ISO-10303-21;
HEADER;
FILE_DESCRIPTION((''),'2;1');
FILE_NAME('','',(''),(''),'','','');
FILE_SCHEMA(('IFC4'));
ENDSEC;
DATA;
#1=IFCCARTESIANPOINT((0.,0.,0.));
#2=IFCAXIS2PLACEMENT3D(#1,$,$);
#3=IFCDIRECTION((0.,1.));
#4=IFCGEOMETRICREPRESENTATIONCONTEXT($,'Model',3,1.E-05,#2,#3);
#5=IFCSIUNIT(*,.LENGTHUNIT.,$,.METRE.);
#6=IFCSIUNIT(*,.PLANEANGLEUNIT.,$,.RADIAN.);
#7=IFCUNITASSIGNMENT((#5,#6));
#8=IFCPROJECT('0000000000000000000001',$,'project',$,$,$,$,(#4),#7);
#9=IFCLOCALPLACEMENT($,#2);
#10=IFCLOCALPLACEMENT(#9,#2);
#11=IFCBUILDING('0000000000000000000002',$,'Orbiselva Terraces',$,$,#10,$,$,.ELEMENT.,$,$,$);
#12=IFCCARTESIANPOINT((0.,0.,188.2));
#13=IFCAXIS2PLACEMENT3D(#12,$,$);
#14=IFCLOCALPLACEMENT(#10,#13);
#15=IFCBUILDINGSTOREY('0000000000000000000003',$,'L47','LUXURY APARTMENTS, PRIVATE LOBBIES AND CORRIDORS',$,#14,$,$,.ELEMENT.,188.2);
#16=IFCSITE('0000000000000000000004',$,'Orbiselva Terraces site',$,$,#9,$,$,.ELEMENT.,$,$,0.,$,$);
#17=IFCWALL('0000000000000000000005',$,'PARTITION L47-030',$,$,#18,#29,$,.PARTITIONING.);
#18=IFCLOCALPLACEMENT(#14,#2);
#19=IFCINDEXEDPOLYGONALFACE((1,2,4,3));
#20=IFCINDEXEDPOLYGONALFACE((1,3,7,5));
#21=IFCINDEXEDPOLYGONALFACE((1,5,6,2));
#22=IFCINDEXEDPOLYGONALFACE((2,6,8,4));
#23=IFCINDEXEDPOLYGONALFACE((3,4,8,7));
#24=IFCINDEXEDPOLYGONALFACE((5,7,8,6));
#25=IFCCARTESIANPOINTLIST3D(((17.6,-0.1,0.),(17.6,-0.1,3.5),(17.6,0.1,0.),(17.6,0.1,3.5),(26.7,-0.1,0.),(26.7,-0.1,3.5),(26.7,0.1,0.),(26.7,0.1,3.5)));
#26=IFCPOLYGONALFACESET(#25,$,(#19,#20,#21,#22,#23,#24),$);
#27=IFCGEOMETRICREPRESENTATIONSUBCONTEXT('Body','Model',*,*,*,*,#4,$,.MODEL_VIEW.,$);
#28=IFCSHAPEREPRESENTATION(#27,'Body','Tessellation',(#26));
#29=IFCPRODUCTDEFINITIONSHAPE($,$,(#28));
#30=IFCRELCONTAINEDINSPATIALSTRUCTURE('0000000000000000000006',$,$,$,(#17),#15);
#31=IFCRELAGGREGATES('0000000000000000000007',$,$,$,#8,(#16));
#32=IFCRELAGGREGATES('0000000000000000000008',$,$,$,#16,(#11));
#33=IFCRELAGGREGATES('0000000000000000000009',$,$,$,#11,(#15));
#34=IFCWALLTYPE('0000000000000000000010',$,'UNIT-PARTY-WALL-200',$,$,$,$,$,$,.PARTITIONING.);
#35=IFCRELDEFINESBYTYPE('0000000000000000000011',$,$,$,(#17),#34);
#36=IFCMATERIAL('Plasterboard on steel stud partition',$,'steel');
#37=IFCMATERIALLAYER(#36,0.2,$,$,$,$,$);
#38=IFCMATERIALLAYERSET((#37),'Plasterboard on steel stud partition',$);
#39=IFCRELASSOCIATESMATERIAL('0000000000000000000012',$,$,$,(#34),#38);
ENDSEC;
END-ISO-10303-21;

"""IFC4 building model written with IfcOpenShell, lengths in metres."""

from ifc_helpers import new_model, si_unit, direction, frame, frame_2d, origin, place, context, subcontext, project, spatial, rectangle, extrude, material, layer, layer_set, type_object, element, save


model = new_model("IFC4")

# Units and contexts
model_context = context("Model", 3, precision=1e-05, world=origin(), true_north=direction((0.0, 1.0)))
body_context = subcontext(model_context, "Body", "Model", "MODEL_VIEW")
ifc_project = project(units=[si_unit("LENGTHUNIT", "METRE"), si_unit("PLANEANGLEUNIT", "RADIAN")], contexts=[model_context])

# Site, building, storey
site_placement = place(None, origin())
site = spatial("IfcSite", under=ifc_project, at=site_placement, Name="Orbiselva Terraces site", CompositionType="ELEMENT", RefElevation=0.0)
building_placement = place(site_placement, origin())
building = spatial("IfcBuilding", under=site, at=building_placement, Name="Orbiselva Terraces", CompositionType="ELEMENT")
storey_placement = place(building_placement, frame((0.0, 0.0, 188.2)))
storey = spatial("IfcBuildingStorey", under=building, at=storey_placement, Name="L47", Description="LUXURY APARTMENTS, PRIVATE LOBBIES AND CORRIDORS", CompositionType="ELEMENT", Elevation=188.2)

# Shared definitions
ifc_material_1 = material(Name="Plasterboard on steel stud partition", Category="steel")

# Wall
ifc_layer_1 = layer(ifc_material_1, 0.2)
ifc_layer_set_1 = layer_set([ifc_layer_1], Name="Plasterboard on steel stud partition")
wall_type_1 = type_object("IfcWallType", Name="UNIT-PARTY-WALL-200", PredefinedType="PARTITIONING", material=ifc_layer_set_1)
wall_1_placement = place(storey_placement, frame((17.6, 0.0, 0.0), z_axis=(0.0, 0.0, 1.0), x_axis=(1.0, 0.0, 0.0)))
element("IfcWall", 1, at=wall_1_placement, inside=storey, type_object=wall_type_1, Name="PARTITION L47-030", PredefinedType="PARTITIONING", context=body_context, shape_type="SweptSolid", body=[
    extrude(rectangle(XDim=9.1, YDim=0.2, at=frame_2d((4.55, 0.0))), origin(), (0.0, 0.0, 1.0), 3.5),
])

save(model, "model.ifc")
